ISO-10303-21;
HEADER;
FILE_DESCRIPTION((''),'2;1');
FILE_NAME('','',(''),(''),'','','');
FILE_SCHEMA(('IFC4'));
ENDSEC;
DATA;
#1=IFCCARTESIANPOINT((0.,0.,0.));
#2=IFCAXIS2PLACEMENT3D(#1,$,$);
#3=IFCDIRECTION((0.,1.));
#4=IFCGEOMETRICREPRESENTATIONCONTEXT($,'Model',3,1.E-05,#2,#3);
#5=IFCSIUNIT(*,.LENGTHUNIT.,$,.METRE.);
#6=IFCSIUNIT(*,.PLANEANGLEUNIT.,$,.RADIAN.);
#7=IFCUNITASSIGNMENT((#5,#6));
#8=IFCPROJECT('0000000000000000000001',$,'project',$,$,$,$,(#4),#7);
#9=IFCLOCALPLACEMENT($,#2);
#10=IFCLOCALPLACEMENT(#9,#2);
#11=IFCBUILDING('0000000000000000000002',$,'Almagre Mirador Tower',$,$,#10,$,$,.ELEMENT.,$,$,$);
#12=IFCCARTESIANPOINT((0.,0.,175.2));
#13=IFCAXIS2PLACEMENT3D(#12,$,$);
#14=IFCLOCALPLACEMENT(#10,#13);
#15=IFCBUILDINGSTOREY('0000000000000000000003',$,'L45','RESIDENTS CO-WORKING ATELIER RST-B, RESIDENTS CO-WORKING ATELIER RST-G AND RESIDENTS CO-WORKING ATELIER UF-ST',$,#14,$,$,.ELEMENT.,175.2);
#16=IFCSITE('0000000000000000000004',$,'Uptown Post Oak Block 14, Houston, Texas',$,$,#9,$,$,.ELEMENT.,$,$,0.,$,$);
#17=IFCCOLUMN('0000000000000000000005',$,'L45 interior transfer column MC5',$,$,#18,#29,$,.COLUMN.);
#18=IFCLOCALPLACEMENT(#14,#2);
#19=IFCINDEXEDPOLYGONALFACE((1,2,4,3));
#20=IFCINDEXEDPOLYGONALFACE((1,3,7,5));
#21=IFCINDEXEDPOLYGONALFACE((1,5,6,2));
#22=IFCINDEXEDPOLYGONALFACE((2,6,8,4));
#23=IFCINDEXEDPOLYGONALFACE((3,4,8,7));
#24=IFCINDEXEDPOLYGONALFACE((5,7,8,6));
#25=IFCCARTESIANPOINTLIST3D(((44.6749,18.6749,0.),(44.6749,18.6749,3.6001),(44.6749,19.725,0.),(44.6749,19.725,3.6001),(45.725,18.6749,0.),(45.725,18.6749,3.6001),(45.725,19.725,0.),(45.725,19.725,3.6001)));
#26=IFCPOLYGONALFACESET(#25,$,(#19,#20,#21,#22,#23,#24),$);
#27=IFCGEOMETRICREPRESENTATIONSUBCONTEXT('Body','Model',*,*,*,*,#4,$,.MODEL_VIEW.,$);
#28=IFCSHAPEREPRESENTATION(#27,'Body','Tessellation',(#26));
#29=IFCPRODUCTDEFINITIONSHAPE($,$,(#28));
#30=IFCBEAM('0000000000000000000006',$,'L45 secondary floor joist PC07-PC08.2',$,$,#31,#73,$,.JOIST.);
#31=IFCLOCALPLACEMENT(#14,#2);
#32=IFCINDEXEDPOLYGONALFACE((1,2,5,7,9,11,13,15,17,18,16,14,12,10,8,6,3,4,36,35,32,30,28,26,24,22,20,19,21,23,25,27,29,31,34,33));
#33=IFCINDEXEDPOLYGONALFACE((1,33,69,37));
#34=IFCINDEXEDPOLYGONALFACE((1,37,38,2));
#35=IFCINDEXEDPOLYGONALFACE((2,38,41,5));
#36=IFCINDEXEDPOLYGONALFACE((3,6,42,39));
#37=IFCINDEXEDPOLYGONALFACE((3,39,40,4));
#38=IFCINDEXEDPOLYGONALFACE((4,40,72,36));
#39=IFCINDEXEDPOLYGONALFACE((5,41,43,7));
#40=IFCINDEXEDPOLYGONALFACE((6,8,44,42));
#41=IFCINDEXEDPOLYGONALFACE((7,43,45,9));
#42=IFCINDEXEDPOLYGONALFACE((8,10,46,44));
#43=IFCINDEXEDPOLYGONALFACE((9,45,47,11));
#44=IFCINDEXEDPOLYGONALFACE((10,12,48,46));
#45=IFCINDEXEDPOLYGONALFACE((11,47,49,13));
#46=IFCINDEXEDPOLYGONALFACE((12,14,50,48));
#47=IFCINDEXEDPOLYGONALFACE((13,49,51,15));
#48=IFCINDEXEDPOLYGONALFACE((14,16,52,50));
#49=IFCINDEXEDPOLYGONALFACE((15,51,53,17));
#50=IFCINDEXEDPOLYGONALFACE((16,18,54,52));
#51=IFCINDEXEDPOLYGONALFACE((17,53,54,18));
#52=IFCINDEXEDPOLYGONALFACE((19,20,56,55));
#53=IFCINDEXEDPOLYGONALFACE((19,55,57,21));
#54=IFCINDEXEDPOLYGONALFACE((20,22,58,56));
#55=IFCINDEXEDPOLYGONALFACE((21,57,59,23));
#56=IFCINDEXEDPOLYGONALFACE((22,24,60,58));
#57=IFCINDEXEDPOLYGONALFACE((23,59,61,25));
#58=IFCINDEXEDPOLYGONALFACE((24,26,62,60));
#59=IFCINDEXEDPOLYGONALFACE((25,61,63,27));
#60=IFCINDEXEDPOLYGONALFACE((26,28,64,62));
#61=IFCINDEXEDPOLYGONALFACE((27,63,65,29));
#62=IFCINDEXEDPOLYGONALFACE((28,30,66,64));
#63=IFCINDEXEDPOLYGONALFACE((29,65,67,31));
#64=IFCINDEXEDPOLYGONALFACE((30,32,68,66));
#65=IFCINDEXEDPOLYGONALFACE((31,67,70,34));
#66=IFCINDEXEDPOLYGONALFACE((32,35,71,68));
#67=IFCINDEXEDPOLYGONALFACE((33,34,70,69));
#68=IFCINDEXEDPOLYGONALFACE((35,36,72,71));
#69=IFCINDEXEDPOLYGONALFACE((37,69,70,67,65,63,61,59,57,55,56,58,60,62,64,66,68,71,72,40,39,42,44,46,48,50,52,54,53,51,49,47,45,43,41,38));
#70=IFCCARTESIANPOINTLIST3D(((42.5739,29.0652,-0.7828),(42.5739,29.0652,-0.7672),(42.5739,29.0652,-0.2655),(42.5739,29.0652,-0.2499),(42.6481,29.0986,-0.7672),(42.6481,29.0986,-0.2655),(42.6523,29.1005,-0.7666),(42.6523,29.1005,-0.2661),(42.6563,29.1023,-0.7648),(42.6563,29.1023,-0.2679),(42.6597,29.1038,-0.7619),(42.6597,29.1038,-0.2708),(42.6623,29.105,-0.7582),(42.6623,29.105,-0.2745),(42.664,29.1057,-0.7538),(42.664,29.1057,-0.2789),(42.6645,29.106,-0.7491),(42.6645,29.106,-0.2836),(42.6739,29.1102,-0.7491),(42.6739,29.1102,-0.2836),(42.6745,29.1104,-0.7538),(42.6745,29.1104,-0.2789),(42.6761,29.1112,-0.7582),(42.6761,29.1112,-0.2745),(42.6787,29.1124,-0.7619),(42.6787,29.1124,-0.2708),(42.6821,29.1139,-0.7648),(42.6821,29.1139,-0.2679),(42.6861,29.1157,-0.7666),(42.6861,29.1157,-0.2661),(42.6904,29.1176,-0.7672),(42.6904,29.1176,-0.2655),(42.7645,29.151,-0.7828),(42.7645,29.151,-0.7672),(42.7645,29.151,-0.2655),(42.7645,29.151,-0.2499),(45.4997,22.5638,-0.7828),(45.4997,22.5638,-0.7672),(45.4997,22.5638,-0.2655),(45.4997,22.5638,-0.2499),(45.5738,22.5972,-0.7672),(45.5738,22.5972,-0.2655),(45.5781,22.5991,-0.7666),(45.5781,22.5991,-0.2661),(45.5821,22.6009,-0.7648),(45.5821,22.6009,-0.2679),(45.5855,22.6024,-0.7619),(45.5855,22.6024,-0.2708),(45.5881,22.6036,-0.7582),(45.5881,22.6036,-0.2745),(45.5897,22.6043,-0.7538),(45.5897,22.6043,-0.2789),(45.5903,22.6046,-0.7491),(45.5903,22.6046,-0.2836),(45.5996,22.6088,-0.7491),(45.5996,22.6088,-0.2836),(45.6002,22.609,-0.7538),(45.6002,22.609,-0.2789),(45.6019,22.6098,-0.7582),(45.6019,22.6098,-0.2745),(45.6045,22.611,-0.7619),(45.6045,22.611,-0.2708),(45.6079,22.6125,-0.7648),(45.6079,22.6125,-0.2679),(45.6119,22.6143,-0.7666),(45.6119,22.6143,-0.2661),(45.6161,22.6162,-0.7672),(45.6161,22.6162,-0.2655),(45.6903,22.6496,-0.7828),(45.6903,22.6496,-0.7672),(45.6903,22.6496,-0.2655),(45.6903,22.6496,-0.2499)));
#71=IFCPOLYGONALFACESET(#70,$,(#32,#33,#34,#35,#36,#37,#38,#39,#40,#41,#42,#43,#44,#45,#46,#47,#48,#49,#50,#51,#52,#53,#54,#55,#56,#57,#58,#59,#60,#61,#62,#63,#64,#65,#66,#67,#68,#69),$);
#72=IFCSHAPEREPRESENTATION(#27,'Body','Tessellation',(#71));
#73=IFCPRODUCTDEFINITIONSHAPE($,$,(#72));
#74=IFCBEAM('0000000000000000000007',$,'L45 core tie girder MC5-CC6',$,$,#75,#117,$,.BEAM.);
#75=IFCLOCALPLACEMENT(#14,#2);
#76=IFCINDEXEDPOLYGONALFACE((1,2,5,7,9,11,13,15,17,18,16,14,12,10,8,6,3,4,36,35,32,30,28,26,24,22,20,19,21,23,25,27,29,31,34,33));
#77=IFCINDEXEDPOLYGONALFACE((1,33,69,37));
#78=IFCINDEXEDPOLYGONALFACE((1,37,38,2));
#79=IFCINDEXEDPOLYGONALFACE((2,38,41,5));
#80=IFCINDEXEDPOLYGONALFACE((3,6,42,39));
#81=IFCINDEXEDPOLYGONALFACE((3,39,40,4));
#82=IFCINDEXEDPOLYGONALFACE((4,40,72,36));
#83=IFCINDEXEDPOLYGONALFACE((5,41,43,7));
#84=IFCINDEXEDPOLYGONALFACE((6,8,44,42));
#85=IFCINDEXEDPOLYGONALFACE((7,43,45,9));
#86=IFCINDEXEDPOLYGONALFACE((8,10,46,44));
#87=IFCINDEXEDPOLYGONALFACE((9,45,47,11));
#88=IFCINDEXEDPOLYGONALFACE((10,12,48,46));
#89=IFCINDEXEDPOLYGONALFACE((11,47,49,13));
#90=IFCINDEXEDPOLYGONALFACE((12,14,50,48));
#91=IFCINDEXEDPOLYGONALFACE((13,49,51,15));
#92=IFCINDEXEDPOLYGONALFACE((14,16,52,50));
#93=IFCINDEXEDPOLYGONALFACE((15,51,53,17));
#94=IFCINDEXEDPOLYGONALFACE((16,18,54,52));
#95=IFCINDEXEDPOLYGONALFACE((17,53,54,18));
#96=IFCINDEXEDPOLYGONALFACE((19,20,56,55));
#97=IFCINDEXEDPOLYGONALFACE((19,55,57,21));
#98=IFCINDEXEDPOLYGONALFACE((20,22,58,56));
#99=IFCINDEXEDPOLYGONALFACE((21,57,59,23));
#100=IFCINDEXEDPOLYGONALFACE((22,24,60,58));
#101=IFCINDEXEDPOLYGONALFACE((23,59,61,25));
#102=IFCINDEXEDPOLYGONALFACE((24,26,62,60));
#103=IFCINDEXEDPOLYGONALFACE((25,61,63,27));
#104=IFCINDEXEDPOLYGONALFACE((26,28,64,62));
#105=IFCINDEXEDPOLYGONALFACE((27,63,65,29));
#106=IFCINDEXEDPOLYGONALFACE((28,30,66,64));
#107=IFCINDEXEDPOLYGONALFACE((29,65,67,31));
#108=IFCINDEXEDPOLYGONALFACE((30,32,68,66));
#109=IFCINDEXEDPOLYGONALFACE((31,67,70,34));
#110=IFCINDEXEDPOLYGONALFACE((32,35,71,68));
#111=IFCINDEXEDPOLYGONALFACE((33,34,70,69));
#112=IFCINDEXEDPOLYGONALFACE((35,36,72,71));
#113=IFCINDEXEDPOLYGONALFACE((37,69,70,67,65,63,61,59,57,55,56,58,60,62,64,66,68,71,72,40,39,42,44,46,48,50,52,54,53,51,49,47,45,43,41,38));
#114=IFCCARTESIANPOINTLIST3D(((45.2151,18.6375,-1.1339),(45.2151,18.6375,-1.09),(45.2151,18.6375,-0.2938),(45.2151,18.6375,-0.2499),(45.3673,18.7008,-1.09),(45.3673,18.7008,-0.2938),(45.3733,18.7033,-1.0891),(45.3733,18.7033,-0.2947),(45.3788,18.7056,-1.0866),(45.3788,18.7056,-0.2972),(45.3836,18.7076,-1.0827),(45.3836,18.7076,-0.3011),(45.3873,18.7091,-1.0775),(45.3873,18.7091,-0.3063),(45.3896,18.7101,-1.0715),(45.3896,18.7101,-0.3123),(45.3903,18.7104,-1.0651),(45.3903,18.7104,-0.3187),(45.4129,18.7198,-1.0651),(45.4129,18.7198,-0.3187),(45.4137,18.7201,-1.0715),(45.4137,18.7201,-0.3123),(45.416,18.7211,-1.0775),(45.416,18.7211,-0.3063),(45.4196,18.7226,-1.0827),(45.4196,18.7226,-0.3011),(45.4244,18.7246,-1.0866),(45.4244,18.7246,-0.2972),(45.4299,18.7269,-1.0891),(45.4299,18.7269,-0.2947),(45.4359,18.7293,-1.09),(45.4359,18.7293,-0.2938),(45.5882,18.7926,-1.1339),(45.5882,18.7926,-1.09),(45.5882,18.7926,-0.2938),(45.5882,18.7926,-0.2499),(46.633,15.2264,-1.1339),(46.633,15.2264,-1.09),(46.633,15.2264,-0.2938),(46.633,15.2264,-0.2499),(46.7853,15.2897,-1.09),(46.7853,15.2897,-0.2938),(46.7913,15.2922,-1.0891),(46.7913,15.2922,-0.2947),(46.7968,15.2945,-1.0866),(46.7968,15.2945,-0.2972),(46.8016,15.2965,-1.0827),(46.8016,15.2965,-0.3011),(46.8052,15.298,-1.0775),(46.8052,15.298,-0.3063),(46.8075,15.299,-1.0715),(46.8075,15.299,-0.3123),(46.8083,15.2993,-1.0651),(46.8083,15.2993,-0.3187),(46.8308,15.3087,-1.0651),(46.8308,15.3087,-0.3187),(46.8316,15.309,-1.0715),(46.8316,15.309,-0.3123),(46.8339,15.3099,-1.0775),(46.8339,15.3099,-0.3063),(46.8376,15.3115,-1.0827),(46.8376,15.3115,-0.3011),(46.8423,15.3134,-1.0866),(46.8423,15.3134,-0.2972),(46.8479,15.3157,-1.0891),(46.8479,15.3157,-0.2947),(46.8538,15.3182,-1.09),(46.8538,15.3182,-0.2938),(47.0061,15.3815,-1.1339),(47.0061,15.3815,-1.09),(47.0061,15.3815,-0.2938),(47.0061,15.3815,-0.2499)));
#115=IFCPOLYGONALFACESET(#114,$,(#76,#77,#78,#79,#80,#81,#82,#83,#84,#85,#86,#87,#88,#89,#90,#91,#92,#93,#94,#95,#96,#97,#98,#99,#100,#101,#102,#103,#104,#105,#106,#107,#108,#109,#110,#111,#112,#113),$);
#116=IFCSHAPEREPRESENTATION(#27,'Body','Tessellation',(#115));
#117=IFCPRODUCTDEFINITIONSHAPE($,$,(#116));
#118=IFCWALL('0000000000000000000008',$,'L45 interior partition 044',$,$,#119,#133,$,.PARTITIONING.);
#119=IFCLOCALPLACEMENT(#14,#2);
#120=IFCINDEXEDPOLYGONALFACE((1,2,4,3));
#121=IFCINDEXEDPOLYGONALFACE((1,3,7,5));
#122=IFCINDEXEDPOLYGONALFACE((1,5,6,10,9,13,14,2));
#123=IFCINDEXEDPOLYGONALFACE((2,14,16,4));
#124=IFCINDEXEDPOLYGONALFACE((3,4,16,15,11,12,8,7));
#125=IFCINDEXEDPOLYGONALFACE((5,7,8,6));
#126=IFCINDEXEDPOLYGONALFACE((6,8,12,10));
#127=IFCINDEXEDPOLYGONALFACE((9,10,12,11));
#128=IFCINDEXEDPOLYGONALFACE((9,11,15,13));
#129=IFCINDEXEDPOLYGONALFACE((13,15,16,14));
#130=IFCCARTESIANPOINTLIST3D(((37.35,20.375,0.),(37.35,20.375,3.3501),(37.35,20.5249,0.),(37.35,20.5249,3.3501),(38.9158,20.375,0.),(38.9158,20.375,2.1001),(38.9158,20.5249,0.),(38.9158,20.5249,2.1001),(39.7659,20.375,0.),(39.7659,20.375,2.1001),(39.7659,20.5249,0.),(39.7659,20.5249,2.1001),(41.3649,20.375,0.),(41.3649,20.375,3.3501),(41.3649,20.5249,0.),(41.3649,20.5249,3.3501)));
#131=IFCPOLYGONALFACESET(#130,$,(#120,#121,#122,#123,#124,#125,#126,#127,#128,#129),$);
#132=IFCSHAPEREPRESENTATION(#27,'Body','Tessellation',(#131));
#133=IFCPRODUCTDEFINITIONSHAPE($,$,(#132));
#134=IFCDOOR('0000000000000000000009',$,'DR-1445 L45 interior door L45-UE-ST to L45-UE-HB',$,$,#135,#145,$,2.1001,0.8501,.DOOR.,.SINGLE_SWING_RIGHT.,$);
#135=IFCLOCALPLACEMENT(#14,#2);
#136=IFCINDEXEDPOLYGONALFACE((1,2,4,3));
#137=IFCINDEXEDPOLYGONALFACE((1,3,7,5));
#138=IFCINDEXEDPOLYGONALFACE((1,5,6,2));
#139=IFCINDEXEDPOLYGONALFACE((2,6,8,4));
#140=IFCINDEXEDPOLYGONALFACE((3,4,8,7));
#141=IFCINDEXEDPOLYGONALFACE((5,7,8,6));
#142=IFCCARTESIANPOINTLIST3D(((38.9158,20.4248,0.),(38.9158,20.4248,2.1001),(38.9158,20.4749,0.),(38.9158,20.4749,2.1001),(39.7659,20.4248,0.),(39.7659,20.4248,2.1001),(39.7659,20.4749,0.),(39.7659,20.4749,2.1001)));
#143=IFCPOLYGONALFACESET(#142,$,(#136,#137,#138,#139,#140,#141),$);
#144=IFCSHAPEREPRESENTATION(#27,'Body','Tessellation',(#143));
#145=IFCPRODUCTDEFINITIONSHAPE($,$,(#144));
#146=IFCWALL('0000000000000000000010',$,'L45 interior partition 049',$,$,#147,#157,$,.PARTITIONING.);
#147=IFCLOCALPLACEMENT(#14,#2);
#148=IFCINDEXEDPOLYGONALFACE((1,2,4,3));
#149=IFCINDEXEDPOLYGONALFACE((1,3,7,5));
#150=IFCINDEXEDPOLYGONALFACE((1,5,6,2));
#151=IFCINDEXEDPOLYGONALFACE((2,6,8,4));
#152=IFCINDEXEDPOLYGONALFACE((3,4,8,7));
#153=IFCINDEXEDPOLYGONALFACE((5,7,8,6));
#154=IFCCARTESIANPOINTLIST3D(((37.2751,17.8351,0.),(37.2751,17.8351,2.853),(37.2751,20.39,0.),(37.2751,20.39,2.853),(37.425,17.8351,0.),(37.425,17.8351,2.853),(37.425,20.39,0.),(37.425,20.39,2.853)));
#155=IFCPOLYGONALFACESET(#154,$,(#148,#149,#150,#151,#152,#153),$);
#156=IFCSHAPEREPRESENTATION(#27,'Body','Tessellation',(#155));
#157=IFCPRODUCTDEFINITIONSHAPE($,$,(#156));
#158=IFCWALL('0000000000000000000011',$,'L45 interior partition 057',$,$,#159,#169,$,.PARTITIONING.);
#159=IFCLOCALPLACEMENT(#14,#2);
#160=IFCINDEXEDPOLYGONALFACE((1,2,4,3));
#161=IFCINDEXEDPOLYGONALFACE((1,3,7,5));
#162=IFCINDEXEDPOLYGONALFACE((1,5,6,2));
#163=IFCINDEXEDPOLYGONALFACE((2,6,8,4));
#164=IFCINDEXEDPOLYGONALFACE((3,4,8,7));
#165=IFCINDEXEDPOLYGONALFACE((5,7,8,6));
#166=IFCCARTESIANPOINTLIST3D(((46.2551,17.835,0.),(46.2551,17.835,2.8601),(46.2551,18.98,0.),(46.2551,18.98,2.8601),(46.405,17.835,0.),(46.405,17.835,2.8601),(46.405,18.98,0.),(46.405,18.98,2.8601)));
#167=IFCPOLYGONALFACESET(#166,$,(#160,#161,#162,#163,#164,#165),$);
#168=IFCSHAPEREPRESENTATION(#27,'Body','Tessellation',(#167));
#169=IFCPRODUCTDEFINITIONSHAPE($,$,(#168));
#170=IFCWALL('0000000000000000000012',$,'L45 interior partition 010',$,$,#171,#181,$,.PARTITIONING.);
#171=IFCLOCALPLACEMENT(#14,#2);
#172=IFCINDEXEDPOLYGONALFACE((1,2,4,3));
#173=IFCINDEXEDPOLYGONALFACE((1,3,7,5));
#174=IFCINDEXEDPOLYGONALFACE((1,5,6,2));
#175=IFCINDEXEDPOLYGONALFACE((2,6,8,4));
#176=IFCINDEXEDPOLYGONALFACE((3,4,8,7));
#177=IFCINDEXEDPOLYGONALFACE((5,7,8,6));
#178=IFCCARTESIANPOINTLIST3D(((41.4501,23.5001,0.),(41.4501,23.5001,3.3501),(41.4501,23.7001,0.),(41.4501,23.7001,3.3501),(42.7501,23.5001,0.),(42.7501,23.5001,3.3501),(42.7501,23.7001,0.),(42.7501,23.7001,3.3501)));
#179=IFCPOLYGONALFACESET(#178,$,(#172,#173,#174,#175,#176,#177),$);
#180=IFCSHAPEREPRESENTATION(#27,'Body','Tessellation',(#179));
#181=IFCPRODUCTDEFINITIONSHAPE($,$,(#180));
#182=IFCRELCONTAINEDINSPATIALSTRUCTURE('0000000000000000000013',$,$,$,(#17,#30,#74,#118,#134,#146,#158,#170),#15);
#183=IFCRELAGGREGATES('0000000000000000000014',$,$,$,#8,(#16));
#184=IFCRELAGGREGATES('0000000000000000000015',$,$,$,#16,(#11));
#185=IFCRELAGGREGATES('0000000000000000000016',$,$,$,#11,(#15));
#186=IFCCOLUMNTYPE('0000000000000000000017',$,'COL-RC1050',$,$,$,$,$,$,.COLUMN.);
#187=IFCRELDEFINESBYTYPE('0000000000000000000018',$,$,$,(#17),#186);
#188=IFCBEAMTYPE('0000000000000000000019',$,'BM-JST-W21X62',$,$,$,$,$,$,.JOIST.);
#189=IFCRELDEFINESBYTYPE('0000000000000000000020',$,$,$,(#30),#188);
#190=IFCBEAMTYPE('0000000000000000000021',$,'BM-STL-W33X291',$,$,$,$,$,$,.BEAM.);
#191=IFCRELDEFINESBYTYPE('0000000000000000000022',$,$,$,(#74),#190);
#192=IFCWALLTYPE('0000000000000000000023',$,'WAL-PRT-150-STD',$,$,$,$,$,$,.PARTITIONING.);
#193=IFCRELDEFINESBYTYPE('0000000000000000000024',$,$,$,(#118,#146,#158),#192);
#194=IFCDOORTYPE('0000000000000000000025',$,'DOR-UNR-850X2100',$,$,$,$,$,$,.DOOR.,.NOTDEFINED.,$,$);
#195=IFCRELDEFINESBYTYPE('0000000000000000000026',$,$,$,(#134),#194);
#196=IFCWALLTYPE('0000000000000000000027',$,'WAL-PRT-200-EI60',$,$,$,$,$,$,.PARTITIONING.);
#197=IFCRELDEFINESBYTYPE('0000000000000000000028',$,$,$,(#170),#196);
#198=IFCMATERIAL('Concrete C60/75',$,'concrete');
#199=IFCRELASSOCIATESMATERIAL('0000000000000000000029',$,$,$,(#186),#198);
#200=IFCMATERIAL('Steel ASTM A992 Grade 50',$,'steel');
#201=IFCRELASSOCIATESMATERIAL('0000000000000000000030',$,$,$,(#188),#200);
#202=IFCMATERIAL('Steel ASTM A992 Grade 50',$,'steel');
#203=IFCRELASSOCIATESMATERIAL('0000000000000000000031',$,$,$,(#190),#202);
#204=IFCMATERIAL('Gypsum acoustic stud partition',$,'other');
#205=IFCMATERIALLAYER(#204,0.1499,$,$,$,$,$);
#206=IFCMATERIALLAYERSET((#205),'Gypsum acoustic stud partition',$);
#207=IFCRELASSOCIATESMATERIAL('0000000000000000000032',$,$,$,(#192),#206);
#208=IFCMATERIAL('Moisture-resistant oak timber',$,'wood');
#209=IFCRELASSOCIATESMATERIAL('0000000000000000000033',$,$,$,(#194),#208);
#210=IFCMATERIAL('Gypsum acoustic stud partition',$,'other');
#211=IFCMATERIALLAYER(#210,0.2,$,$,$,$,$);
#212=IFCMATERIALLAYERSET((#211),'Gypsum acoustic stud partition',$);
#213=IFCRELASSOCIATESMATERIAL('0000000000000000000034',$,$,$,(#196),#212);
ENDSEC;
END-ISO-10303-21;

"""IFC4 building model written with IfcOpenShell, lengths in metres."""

from ifc_helpers import new_model, si_unit, direction, frame, frame_2d, origin, origin_2d, place, context, subcontext, project, spatial, rectangle, i_section, extrude, material, layer, layer_set, material_profile, profile_set, type_object, element, fill, save


model = new_model("IFC4")

# Units and contexts
model_context = context("Model", 3, precision=1e-05, world=origin(), true_north=direction((0.0, 1.0)))
body_context = subcontext(model_context, "Body", "Model", "MODEL_VIEW")
ifc_project = project(units=[si_unit("LENGTHUNIT", "METRE"), si_unit("PLANEANGLEUNIT", "RADIAN")], contexts=[model_context])

# Site, building, storey
site_placement = place(None, origin())
site = spatial("IfcSite", under=ifc_project, at=site_placement, Name="Uptown Post Oak Block 14, Houston, Texas", CompositionType="ELEMENT", RefElevation=0.0)
building_placement = place(site_placement, origin())
building = spatial("IfcBuilding", under=site, at=building_placement, Name="Almagre Mirador Tower", CompositionType="ELEMENT")
storey_placement = place(building_placement, frame((0.0, 0.0, 175.2)))
storey = spatial("IfcBuildingStorey", under=building, at=storey_placement, Name="L45", Description="RESIDENTS CO-WORKING ATELIER RST-B, RESIDENTS CO-WORKING ATELIER RST-G AND RESIDENTS CO-WORKING ATELIER UF-ST", CompositionType="ELEMENT", Elevation=175.2)

# Column
ifc_material_1 = material(Name="Concrete C60/75", Category="concrete")
ifc_material_profile_1 = material_profile(ifc_material_1, rectangle(XDim=1.05, YDim=1.05, at=origin_2d()), Name="RC1050X1050")
ifc_profile_set_1 = profile_set([ifc_material_profile_1], Name="Concrete C60/75")
column_type = type_object("IfcColumnType", Name="COL-RC1050", PredefinedType="COLUMN", material=ifc_profile_set_1)
column_placement = place(storey_placement, frame((45.2, 19.2, 0.0), z_axis=(0.0, 0.0, 1.0), x_axis=(1.0, 0.0, 0.0)))
element("IfcColumn", 1, at=column_placement, inside=storey, type_object=column_type, Name="L45 interior transfer column MC5", PredefinedType="COLUMN", context=body_context, shape_type="SweptSolid", body=[
    extrude(rectangle(XDim=1.05, YDim=1.05, at=origin_2d()), origin(), (0.0, 0.0, 1.0), 3.6001),
])

# Beams
ifc_material_2 = material(Name="Steel ASTM A992 Grade 50", Category="steel")
ifc_material_profile_2 = material_profile(ifc_material_2, i_section(OverallWidth=0.209, OverallDepth=0.533, WebThickness=0.0103, FlangeThickness=0.0156, FilletRadius=0.0181, at=origin_2d()), Name="W21X62")
ifc_profile_set_2 = profile_set([ifc_material_profile_2], Name="Steel ASTM A992 Grade 50")
beam_type_1 = type_object("IfcBeamType", Name="BM-JST-W21X62", PredefinedType="JOIST", material=ifc_profile_set_2)
beam_1_placement = place(storey_placement, frame((45.595, 22.6067, -0.5164), z_axis=(-0.410379, 0.911915, 0.0), x_axis=(-0.911915, -0.410379, 0.0)))
element("IfcBeam", 2, at=beam_1_placement, inside=storey, type_object=beam_type_1, Name="L45 secondary floor joist PC07-PC08.2", PredefinedType="JOIST", context=body_context, shape_type="SweptSolid", body=[
    extrude(i_section(OverallWidth=0.209, OverallDepth=0.533, WebThickness=0.0103, FlangeThickness=0.0156, FilletRadius=0.0181, at=origin_2d()), origin(), (0.0, 0.0, 1.0), 7.1294),
])
ifc_material_3 = material(Name="Steel ASTM A992 Grade 50", Category="steel")
ifc_material_profile_3 = material_profile(ifc_material_3, i_section(OverallWidth=0.4041, OverallDepth=0.884, WebThickness=0.0244, FlangeThickness=0.0439, FilletRadius=0.0249, at=origin_2d()), Name="W33X291")
ifc_profile_set_3 = profile_set([ifc_material_profile_3], Name="Steel ASTM A992 Grade 50")
beam_type_2 = type_object("IfcBeamType", Name="BM-STL-W33X291", PredefinedType="BEAM", material=ifc_profile_set_3)
beam_2_placement = place(storey_placement, frame((45.4016, 18.7151, -0.6919), z_axis=(0.383846, -0.923397, 0.0), x_axis=(0.923397, 0.383846, 0.0)))
element("IfcBeam", 3, at=beam_2_placement, inside=storey, type_object=beam_type_2, Name="L45 core tie girder MC5-CC6", PredefinedType="BEAM", context=body_context, shape_type="SweptSolid", body=[
    extrude(i_section(OverallWidth=0.4041, OverallDepth=0.884, WebThickness=0.0244, FlangeThickness=0.0439, FilletRadius=0.0249, at=origin_2d()), origin(), (0.0, 0.0, 1.0), 3.6941),
])

# Wall, opening, door
ifc_material_4 = material(Name="Gypsum acoustic stud partition", Category="other")
ifc_layer_1 = layer(ifc_material_4, 0.1499)
ifc_layer_set_1 = layer_set([ifc_layer_1], Name="Gypsum acoustic stud partition")
wall_type_1 = type_object("IfcWallType", Name="WAL-PRT-150-STD", PredefinedType="PARTITIONING", material=ifc_layer_set_1)
wall_1_placement = place(storey_placement, frame((37.3501, 20.45, 0.0), z_axis=(0.0, 0.0, 1.0), x_axis=(1.0, 0.0, 0.0)))
wall_1 = element("IfcWall", 4, at=wall_1_placement, inside=storey, type_object=wall_type_1, Name="L45 interior partition 044", PredefinedType="PARTITIONING", context=body_context, shape_type="SweptSolid", body=[
    extrude(rectangle(XDim=4.0149, YDim=0.1499, at=frame_2d((2.0073, 0.0))), origin(), (0.0, 0.0, 1.0), 3.3501),
])
opening_1_placement = place(wall_1_placement, frame((1.5657, 0.0, 0.0)))
opening_1 = element("IfcOpeningElement", 5, at=opening_1_placement, cuts=wall_1, PredefinedType="OPENING", context=body_context, shape_type="SweptSolid", body=[
    extrude(rectangle(XDim=0.8501, YDim=2.1001, at=frame_2d((0.425, 1.05))), frame((0.0, 0.085, 0.0), z_axis=(0.0, -1.0, 0.0), x_axis=(1.0, 0.0, 0.0)), (0.0, 0.0, 1.0), 0.1699),
])
ifc_material_5 = material(Name="Moisture-resistant oak timber", Category="wood")
door_type_1 = type_object("IfcDoorType", Name="DOR-UNR-850X2100", OperationType="NOTDEFINED", PredefinedType="DOOR", material=ifc_material_5)
door_1_placement = place(opening_1_placement, origin())
door_1 = element("IfcDoor", 6, at=door_1_placement, inside=storey, type_object=door_type_1, Name="DR-1445 L45 interior door L45-UE-ST to L45-UE-HB", OperationType="SINGLE_SWING_RIGHT", OverallHeight=2.1001, OverallWidth=0.8501, PredefinedType="DOOR", context=body_context, shape_type="SweptSolid", body=[
    extrude(rectangle(XDim=0.8501, YDim=2.1001, at=frame_2d((0.425, 1.05))), frame((0.0, 0.0249, 0.0), z_axis=(0.0, -1.0, 0.0), x_axis=(1.0, 0.0, 0.0)), (0.0, 0.0, 1.0), 0.05),
])
fill(opening_1, door_1)

# Walls
wall_2_placement = place(storey_placement, frame((37.3501, 20.3899, 0.0), z_axis=(0.0, 0.0, 1.0), x_axis=(0.0, -1.0, 0.0)))
element("IfcWall", 7, at=wall_2_placement, inside=storey, type_object=wall_type_1, Name="L45 interior partition 049", PredefinedType="PARTITIONING", context=body_context, shape_type="SweptSolid", body=[
    extrude(rectangle(XDim=2.5549, YDim=0.1499, at=frame_2d((1.2773, 0.0))), origin(), (0.0, 0.0, 1.0), 2.853),
])
wall_3_placement = place(storey_placement, frame((46.3301, 18.98, 0.0), z_axis=(0.0, 0.0, 1.0), x_axis=(0.0, -1.0, 0.0)))
element("IfcWall", 8, at=wall_3_placement, inside=storey, type_object=wall_type_1, Name="L45 interior partition 057", PredefinedType="PARTITIONING", context=body_context, shape_type="SweptSolid", body=[
    extrude(rectangle(XDim=1.145, YDim=0.1499, at=frame_2d((0.5725, 0.0))), origin(), (0.0, 0.0, 1.0), 2.8601),
])
ifc_material_6 = material(Name="Gypsum acoustic stud partition", Category="other")
ifc_layer_2 = layer(ifc_material_6, 0.2)
ifc_layer_set_2 = layer_set([ifc_layer_2], Name="Gypsum acoustic stud partition")
wall_type_2 = type_object("IfcWallType", Name="WAL-PRT-200-EI60", PredefinedType="PARTITIONING", material=ifc_layer_set_2)
wall_4_placement = place(storey_placement, frame((42.75, 23.6001, 0.0), z_axis=(0.0, 0.0, 1.0), x_axis=(-1.0, 0.0, 0.0)))
element("IfcWall", 9, at=wall_4_placement, inside=storey, type_object=wall_type_2, Name="L45 interior partition 010", PredefinedType="PARTITIONING", context=body_context, shape_type="SweptSolid", body=[
    extrude(rectangle(XDim=1.3, YDim=0.2, at=frame_2d((0.6499, 0.0))), origin(), (0.0, 0.0, 1.0), 3.3501),
])

save(model, "model.ifc")
